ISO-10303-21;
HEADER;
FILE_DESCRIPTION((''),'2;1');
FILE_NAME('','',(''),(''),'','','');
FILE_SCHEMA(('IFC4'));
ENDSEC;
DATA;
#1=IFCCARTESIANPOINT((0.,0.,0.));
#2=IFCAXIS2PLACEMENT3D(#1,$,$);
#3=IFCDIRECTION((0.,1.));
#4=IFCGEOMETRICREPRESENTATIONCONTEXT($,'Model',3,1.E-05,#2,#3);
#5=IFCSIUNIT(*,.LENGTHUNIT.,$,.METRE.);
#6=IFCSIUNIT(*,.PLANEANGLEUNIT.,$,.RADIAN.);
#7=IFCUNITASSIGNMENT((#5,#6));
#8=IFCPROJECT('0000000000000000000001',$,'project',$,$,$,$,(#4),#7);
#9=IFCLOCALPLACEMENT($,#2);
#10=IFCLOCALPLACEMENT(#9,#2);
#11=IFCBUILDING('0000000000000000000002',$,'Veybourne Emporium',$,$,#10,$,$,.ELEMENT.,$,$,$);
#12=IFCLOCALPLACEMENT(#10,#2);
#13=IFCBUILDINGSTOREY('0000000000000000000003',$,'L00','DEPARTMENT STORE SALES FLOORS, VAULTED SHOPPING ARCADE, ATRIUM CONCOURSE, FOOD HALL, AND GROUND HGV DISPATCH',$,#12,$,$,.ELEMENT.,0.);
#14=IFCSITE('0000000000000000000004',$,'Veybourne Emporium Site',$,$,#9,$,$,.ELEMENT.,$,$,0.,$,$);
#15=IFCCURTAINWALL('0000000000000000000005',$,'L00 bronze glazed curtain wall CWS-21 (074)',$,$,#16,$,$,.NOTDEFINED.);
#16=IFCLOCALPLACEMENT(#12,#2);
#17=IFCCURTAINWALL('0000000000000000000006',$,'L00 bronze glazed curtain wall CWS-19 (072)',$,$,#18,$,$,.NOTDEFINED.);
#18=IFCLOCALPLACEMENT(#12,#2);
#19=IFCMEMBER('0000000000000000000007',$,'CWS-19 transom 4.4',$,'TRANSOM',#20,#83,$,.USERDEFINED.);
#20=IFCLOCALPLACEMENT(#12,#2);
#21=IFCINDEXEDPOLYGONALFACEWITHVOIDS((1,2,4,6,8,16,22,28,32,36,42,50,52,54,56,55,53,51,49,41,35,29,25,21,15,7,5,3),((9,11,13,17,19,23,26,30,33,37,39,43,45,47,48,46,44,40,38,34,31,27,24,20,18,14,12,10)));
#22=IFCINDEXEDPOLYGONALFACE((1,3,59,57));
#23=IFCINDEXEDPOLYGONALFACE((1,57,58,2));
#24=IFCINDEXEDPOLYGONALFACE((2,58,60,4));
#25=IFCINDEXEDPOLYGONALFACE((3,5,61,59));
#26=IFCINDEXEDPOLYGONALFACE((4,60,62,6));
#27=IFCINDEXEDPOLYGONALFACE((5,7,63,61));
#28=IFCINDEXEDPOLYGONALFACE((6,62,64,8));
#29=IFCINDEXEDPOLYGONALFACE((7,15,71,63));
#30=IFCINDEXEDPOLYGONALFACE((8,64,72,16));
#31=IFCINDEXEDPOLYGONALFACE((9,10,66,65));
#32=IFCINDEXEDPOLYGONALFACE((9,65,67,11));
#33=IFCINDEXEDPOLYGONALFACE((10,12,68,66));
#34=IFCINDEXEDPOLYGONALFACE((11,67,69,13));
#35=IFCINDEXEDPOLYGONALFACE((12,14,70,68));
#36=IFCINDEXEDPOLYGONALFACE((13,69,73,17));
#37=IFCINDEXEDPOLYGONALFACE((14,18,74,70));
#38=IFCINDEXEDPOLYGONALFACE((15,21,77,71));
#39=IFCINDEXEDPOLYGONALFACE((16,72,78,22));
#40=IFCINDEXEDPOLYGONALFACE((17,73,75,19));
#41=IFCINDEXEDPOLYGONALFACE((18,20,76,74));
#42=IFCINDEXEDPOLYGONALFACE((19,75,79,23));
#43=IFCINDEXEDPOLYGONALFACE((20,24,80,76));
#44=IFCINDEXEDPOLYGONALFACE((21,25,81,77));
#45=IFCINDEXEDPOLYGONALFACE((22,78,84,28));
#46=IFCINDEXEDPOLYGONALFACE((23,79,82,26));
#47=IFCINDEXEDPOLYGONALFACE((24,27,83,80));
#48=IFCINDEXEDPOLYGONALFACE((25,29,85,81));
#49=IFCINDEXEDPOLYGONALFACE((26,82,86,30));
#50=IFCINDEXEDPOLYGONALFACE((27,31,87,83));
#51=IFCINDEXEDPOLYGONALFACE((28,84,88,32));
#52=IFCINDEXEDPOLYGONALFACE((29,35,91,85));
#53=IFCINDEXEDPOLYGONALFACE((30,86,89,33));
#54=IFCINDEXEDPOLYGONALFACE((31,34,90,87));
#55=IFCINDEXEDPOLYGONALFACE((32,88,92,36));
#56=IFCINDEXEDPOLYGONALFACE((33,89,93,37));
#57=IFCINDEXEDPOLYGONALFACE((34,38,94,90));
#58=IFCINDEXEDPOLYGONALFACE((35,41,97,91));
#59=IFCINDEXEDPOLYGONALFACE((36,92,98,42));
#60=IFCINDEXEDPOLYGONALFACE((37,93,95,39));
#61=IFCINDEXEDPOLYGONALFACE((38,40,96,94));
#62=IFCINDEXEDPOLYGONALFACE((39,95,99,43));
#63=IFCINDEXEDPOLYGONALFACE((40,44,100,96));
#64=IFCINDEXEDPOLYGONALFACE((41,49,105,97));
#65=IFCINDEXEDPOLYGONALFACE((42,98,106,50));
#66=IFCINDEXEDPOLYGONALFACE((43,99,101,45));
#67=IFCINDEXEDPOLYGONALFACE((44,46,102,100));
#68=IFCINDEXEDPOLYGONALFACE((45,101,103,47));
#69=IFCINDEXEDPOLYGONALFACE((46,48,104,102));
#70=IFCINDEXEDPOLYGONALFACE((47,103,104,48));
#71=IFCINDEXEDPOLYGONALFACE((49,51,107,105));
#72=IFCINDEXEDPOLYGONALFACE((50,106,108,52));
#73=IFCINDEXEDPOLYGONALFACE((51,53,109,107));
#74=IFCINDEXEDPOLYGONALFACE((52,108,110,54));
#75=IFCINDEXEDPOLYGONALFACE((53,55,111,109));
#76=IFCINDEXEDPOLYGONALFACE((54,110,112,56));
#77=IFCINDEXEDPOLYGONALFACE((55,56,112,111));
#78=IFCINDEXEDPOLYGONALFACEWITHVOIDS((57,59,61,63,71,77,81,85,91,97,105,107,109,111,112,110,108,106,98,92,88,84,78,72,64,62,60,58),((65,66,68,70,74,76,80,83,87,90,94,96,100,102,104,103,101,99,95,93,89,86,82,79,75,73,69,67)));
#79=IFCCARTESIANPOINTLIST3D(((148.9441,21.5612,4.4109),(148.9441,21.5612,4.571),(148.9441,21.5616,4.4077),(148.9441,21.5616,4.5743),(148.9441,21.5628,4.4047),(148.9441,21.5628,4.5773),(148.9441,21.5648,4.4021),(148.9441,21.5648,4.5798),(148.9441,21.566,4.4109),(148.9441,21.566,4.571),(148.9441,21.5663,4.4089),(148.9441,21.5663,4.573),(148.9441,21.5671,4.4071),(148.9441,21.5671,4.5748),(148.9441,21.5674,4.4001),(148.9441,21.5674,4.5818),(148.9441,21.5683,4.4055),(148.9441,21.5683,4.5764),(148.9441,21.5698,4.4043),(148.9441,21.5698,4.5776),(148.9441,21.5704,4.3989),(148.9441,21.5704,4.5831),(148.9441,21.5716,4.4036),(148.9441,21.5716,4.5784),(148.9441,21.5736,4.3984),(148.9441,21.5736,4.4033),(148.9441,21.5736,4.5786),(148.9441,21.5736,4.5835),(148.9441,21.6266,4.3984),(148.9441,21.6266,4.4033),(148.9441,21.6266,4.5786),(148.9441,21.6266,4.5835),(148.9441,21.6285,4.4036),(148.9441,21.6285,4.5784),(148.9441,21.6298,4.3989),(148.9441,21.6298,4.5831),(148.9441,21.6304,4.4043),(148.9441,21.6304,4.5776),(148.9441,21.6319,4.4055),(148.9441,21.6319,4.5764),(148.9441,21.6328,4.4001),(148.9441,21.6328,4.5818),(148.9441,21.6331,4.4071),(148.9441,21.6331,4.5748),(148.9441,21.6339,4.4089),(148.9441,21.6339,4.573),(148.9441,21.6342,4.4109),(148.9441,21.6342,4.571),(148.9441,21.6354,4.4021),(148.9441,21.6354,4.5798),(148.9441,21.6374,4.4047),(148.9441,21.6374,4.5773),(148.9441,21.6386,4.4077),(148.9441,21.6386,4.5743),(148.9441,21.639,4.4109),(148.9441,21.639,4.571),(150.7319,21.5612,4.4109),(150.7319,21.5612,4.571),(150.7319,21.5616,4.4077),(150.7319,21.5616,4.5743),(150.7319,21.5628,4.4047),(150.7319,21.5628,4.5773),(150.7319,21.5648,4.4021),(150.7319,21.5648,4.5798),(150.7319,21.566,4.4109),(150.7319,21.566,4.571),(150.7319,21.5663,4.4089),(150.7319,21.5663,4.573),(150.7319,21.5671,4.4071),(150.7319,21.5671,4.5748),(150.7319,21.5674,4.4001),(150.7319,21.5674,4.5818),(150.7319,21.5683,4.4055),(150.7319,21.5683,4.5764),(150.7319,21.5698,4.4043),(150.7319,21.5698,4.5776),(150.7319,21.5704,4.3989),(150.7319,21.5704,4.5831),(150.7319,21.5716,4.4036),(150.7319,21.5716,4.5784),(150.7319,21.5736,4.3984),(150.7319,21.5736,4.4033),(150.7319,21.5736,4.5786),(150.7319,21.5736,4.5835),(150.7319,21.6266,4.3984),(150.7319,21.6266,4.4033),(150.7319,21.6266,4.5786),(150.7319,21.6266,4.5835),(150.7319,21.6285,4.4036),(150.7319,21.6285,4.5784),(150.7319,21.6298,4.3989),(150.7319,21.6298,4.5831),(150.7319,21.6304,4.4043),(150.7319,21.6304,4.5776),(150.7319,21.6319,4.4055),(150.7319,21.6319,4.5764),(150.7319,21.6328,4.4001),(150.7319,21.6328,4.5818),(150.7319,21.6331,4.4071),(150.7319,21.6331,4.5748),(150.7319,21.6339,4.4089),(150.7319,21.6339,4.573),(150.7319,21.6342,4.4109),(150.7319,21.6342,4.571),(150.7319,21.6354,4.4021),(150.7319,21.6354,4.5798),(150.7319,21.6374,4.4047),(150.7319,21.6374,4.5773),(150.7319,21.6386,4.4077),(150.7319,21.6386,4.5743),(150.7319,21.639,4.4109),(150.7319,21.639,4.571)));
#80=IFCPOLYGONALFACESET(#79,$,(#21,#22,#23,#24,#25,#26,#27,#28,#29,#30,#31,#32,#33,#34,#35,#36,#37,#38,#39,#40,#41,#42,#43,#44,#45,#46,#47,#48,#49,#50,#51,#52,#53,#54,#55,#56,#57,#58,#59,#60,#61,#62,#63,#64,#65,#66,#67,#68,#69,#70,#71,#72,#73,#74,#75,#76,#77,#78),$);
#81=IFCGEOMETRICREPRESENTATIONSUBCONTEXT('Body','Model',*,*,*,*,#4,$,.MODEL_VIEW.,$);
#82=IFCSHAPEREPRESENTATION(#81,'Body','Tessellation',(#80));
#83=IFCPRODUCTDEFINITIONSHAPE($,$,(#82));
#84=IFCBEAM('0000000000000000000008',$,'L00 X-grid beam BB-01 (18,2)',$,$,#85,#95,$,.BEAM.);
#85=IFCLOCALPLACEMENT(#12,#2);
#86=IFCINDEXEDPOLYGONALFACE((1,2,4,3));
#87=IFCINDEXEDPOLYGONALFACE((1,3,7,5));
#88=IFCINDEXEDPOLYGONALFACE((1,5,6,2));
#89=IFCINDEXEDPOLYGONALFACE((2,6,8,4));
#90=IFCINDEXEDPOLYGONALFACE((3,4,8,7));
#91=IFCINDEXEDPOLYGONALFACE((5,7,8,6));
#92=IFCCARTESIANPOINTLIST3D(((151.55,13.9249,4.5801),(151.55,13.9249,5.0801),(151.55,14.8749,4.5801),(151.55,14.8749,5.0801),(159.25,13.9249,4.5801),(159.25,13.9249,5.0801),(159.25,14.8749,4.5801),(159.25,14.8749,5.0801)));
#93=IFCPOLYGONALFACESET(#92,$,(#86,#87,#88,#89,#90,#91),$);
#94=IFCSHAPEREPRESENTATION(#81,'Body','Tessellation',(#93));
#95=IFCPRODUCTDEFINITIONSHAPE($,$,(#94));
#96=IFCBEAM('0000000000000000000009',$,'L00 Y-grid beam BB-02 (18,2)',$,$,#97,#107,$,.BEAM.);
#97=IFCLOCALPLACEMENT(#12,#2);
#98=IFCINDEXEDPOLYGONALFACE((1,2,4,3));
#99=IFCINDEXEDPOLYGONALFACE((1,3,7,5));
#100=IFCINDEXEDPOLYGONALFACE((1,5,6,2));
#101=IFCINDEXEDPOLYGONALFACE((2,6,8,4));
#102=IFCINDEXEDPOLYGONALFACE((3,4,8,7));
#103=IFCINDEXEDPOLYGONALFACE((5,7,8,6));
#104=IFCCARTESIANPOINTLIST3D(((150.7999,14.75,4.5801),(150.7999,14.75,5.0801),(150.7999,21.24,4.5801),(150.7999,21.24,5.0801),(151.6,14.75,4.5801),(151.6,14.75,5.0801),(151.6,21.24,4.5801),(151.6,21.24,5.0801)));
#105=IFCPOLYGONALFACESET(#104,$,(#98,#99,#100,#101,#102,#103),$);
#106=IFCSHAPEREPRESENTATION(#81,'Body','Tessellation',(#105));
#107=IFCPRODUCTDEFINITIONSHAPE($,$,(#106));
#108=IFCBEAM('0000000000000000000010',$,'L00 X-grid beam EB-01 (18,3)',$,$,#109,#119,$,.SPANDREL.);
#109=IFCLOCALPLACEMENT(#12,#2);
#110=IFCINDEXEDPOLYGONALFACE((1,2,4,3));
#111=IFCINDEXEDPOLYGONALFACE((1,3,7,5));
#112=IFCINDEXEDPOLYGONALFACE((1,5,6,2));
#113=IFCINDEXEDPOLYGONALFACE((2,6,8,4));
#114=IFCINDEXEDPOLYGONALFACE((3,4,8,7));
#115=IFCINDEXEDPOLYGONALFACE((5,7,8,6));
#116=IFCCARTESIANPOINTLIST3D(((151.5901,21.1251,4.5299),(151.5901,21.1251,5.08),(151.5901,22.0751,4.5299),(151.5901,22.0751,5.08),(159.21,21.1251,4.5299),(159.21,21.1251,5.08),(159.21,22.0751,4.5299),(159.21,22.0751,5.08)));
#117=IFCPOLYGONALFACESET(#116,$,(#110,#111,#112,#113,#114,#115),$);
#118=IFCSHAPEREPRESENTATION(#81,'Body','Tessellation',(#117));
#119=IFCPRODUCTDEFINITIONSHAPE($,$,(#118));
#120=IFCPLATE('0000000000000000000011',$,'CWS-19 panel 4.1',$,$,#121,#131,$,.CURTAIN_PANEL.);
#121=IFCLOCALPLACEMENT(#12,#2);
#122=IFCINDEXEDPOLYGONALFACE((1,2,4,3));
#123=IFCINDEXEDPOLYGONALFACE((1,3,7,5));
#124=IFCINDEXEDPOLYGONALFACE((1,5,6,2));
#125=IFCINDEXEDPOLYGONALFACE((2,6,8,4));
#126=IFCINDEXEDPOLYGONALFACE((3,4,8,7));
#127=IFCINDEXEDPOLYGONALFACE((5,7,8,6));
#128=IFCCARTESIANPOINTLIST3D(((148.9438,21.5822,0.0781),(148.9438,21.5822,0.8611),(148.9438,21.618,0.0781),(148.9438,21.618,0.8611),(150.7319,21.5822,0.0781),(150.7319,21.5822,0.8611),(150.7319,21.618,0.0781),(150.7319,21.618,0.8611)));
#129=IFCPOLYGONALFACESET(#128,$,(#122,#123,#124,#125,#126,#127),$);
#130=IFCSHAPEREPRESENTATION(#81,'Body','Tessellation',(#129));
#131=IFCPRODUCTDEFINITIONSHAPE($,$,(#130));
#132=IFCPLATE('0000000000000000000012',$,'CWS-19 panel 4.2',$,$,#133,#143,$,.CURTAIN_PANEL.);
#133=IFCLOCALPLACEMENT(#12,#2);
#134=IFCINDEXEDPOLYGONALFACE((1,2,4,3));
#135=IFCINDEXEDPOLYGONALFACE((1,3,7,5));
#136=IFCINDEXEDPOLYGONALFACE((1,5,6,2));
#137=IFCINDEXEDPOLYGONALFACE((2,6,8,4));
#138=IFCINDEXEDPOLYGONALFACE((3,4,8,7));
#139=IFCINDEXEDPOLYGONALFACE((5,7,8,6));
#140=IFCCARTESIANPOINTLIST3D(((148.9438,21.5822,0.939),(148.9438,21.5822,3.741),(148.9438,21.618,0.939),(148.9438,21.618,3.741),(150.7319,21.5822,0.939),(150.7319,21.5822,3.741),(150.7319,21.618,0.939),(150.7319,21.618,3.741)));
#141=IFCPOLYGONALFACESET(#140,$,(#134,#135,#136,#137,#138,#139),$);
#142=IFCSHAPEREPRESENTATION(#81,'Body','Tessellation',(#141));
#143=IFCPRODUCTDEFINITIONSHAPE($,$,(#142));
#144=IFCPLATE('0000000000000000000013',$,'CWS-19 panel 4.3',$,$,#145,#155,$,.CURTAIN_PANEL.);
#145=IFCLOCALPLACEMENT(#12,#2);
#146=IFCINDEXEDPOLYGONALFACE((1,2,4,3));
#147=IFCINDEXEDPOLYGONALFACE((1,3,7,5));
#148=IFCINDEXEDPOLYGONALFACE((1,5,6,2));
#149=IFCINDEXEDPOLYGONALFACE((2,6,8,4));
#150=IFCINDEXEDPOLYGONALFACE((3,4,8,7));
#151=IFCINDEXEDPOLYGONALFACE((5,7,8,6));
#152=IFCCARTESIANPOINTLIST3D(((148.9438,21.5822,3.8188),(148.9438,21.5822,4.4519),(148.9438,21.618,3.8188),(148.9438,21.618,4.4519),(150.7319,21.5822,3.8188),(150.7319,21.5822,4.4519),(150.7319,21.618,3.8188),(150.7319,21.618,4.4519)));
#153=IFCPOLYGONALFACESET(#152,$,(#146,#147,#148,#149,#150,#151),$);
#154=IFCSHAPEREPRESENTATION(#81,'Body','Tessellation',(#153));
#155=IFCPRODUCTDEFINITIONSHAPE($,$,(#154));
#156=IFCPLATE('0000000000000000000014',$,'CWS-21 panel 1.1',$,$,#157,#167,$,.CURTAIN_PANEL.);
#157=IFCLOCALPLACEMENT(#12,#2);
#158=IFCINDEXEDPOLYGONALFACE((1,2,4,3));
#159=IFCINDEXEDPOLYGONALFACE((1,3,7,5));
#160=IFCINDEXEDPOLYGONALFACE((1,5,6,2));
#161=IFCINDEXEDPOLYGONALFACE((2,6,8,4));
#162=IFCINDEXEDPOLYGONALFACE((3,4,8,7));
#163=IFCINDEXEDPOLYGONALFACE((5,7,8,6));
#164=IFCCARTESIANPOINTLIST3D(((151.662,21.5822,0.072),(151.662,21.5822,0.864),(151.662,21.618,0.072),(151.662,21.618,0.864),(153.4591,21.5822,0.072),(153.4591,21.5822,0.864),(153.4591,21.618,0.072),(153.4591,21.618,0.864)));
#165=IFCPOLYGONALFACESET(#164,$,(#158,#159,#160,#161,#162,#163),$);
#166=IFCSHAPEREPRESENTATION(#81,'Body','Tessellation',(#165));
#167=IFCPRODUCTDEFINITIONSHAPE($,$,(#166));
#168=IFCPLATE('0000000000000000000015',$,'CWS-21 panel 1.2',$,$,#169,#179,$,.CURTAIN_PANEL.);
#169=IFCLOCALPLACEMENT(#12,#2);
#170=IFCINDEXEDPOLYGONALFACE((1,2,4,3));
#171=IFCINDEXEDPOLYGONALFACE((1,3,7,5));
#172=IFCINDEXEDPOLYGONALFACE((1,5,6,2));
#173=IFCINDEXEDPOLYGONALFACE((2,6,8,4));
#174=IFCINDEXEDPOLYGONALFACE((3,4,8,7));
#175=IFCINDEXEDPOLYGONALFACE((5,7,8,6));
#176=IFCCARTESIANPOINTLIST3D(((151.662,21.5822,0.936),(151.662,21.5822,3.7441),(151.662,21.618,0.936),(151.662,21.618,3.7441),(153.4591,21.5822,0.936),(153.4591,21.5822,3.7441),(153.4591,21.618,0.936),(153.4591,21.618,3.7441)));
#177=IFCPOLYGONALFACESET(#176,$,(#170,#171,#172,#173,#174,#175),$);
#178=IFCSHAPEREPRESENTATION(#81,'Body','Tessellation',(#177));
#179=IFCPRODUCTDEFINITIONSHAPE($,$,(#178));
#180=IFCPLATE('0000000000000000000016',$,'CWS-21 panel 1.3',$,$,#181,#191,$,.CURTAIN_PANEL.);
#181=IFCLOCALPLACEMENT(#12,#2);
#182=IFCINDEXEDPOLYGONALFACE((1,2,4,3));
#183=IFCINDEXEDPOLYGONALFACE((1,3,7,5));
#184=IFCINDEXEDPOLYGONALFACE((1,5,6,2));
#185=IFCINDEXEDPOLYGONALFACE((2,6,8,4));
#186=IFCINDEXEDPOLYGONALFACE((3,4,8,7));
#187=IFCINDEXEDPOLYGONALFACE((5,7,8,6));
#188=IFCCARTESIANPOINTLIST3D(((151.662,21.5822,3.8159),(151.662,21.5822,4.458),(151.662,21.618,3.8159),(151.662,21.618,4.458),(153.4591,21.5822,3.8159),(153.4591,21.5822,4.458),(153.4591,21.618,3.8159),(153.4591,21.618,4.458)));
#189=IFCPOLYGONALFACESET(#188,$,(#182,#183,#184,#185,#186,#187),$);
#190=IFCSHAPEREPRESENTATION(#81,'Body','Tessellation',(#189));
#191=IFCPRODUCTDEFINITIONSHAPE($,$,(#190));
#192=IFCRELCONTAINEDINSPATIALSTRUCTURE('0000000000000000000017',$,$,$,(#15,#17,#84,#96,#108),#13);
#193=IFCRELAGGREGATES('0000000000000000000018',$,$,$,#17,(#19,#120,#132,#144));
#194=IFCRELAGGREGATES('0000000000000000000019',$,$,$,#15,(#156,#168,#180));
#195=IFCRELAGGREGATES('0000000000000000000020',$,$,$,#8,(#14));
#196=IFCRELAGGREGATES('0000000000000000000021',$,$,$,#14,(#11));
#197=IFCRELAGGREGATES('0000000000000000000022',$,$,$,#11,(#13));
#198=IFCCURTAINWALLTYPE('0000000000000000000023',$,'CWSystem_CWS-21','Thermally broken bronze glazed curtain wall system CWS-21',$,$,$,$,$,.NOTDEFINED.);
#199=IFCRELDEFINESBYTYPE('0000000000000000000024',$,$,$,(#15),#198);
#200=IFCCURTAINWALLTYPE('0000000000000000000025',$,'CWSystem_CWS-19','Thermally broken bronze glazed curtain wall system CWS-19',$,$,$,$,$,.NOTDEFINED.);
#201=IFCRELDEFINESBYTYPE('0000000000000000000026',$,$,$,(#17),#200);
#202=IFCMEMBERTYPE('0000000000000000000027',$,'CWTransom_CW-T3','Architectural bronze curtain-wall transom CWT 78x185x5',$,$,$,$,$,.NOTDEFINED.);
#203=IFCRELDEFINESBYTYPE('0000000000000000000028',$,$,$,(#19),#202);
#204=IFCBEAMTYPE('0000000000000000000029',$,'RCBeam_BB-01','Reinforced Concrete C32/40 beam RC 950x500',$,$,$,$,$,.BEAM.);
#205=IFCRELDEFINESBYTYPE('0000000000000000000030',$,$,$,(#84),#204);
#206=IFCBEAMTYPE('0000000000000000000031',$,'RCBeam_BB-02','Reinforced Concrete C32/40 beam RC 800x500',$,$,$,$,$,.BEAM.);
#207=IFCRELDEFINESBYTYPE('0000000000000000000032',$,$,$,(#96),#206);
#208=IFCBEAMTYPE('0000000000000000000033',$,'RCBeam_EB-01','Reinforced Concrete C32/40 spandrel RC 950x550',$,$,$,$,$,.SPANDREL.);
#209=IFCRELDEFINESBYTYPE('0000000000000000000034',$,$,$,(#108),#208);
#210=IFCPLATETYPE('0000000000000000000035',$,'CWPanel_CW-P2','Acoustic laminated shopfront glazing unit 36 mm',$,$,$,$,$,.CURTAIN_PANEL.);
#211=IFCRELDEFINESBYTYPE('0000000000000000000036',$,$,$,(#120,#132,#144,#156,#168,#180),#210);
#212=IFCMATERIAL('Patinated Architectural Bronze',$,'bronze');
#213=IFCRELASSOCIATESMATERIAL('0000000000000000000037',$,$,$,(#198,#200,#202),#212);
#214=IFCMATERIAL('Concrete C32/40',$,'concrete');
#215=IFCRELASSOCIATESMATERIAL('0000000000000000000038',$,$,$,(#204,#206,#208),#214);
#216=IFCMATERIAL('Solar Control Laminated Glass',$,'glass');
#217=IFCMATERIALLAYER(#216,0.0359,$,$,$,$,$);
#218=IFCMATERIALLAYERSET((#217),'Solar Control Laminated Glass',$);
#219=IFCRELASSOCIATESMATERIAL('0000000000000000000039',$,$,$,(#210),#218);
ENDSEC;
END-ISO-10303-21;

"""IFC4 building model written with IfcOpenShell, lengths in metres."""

from ifc_helpers import new_model, si_unit, direction, frame, origin, origin_2d, place, context, subcontext, project, spatial, rectangle, hollow_rectangle, extrude, material, layer, layer_set, material_profile, profile_set, type_object, element, aggregate, save


model = new_model("IFC4")

# Units and contexts
model_context = context("Model", 3, precision=1e-05, world=origin(), true_north=direction((0.0, 1.0)))
body_context = subcontext(model_context, "Body", "Model", "MODEL_VIEW")
ifc_project = project(units=[si_unit("LENGTHUNIT", "METRE"), si_unit("PLANEANGLEUNIT", "RADIAN")], contexts=[model_context])

# Site, building, storey
site_placement = place(None, origin())
site = spatial("IfcSite", under=ifc_project, at=site_placement, Name="Veybourne Emporium Site", CompositionType="ELEMENT", RefElevation=0.0)
building_placement = place(site_placement, origin())
building = spatial("IfcBuilding", under=site, at=building_placement, Name="Veybourne Emporium", CompositionType="ELEMENT")
storey_placement = place(building_placement, origin())
storey = spatial("IfcBuildingStorey", under=building, at=storey_placement, Name="L00", Description="DEPARTMENT STORE SALES FLOORS, VAULTED SHOPPING ARCADE, ATRIUM CONCOURSE, FOOD HALL, AND GROUND HGV DISPATCH", CompositionType="ELEMENT", Elevation=0.0)

# Curtain walls
ifc_material_1 = material(Name="Patinated Architectural Bronze", Category="bronze")
curtain_wall_type_1 = type_object("IfcCurtainWallType", Name="CWSystem_CWS-21", Description="Thermally broken bronze glazed curtain wall system CWS-21", PredefinedType="NOTDEFINED", material=ifc_material_1)
curtain_wall_1_placement = place(storey_placement, origin())
curtain_wall_1 = element("IfcCurtainWall", 1, at=curtain_wall_1_placement, inside=storey, type_object=curtain_wall_type_1, Name="L00 bronze glazed curtain wall CWS-21 (074)", PredefinedType="NOTDEFINED")
curtain_wall_type_2 = type_object("IfcCurtainWallType", Name="CWSystem_CWS-19", Description="Thermally broken bronze glazed curtain wall system CWS-19", PredefinedType="NOTDEFINED", material=ifc_material_1)
curtain_wall_2_placement = place(storey_placement, origin())
curtain_wall_2 = element("IfcCurtainWall", 2, at=curtain_wall_2_placement, inside=storey, type_object=curtain_wall_type_2, Name="L00 bronze glazed curtain wall CWS-19 (072)", PredefinedType="NOTDEFINED")

# Member
ifc_material_profile_1 = material_profile(ifc_material_1, hollow_rectangle(XDim=0.0779, YDim=0.1851, WallThickness=0.0049, InnerFilletRadius=0.0076, OuterFilletRadius=0.0125, at=origin_2d()), Name="CWT 78x185x5")
ifc_profile_set_1 = profile_set([ifc_material_profile_1], Name="Patinated Architectural Bronze")
member_type_1 = type_object("IfcMemberType", Name="CWTransom_CW-T3", Description="Architectural bronze curtain-wall transom CWT 78x185x5", PredefinedType="NOTDEFINED", material=ifc_profile_set_1)
member_1_placement = place(storey_placement, frame((148.9441, 21.6001, 4.491), z_axis=(1.0, 0.0, 0.0), x_axis=(0.0, 1.0, 0.0)))
member_1 = element("IfcMember", 3, at=member_1_placement, type_object=member_type_1, Name="CWS-19 transom 4.4", ObjectType="TRANSOM", PredefinedType="USERDEFINED", context=body_context, shape_type="SweptSolid", body=[
    extrude(hollow_rectangle(XDim=0.0779, YDim=0.1851, WallThickness=0.0049, InnerFilletRadius=0.0076, OuterFilletRadius=0.0125, at=origin_2d()), origin(), (0.0, 0.0, 1.0), 1.7878),
])

# Beams
ifc_material_2 = material(Name="Concrete C32/40", Category="concrete")
ifc_material_profile_2 = material_profile(ifc_material_2, rectangle(XDim=0.95, YDim=0.5, at=origin_2d()), Name="RC 950x500")
ifc_profile_set_2 = profile_set([ifc_material_profile_2], Name="Concrete C32/40")
beam_type_1 = type_object("IfcBeamType", Name="RCBeam_BB-01", Description="Reinforced Concrete C32/40 beam RC 950x500", PredefinedType="BEAM", material=ifc_profile_set_2)
beam_1_placement = place(storey_placement, frame((151.55, 14.3999, 4.8301), z_axis=(1.0, 0.0, 0.0), x_axis=(0.0, 1.0, 0.0)))
element("IfcBeam", 4, at=beam_1_placement, inside=storey, type_object=beam_type_1, Name="L00 X-grid beam BB-01 (18,2)", PredefinedType="BEAM", context=body_context, shape_type="SweptSolid", body=[
    extrude(rectangle(XDim=0.95, YDim=0.5, at=origin_2d()), origin(), (0.0, 0.0, 1.0), 7.7),
])
ifc_material_profile_3 = material_profile(ifc_material_2, rectangle(XDim=0.8, YDim=0.5, at=origin_2d()), Name="RC 800x500")
ifc_profile_set_3 = profile_set([ifc_material_profile_3], Name="Concrete C32/40")
beam_type_2 = type_object("IfcBeamType", Name="RCBeam_BB-02", Description="Reinforced Concrete C32/40 beam RC 800x500", PredefinedType="BEAM", material=ifc_profile_set_3)
beam_2_placement = place(storey_placement, frame((151.2, 14.75, 4.8301), z_axis=(0.0, 1.0, 0.0), x_axis=(-1.0, 0.0, 0.0)))
element("IfcBeam", 5, at=beam_2_placement, inside=storey, type_object=beam_type_2, Name="L00 Y-grid beam BB-02 (18,2)", PredefinedType="BEAM", context=body_context, shape_type="SweptSolid", body=[
    extrude(rectangle(XDim=0.8, YDim=0.5, at=origin_2d()), origin(), (0.0, 0.0, 1.0), 6.49),
])
ifc_material_profile_4 = material_profile(ifc_material_2, rectangle(XDim=0.95, YDim=0.55, at=origin_2d()), Name="RC 950x550")
ifc_profile_set_4 = profile_set([ifc_material_profile_4], Name="Concrete C32/40")
beam_type_3 = type_object("IfcBeamType", Name="RCBeam_EB-01", Description="Reinforced Concrete C32/40 spandrel RC 950x550", PredefinedType="SPANDREL", material=ifc_profile_set_4)
beam_3_placement = place(storey_placement, frame((151.5901, 21.6001, 4.8049), z_axis=(1.0, 0.0, 0.0), x_axis=(0.0, 1.0, 0.0)))
element("IfcBeam", 6, at=beam_3_placement, inside=storey, type_object=beam_type_3, Name="L00 X-grid beam EB-01 (18,3)", PredefinedType="SPANDREL", context=body_context, shape_type="SweptSolid", body=[
    extrude(rectangle(XDim=0.95, YDim=0.55, at=origin_2d()), origin(), (0.0, 0.0, 1.0), 7.6199),
])

# Plates
ifc_material_3 = material(Name="Solar Control Laminated Glass", Category="glass")
ifc_layer_1 = layer(ifc_material_3, 0.0359)
ifc_layer_set_1 = layer_set([ifc_layer_1], Name="Solar Control Laminated Glass")
plate_type = type_object("IfcPlateType", Name="CWPanel_CW-P2", Description="Acoustic laminated shopfront glazing unit 36 mm", PredefinedType="CURTAIN_PANEL", material=ifc_layer_set_1)
plate_1_placement = place(storey_placement, frame((149.8379, 21.6001, 0.0781), z_axis=(0.0, 0.0, 1.0), x_axis=(1.0, 0.0, 0.0)))
plate_1 = element("IfcPlate", 7, at=plate_1_placement, type_object=plate_type, Name="CWS-19 panel 4.1", PredefinedType="CURTAIN_PANEL", context=body_context, shape_type="SweptSolid", body=[
    extrude(rectangle(XDim=1.7881, YDim=0.0359, at=origin_2d()), origin(), (0.0, 0.0, 1.0), 0.783),
])
plate_2_placement = place(storey_placement, frame((149.8379, 21.6001, 0.939), z_axis=(0.0, 0.0, 1.0), x_axis=(1.0, 0.0, 0.0)))
plate_2 = element("IfcPlate", 8, at=plate_2_placement, type_object=plate_type, Name="CWS-19 panel 4.2", PredefinedType="CURTAIN_PANEL", context=body_context, shape_type="SweptSolid", body=[
    extrude(rectangle(XDim=1.7881, YDim=0.0359, at=origin_2d()), origin(), (0.0, 0.0, 1.0), 2.802),
])
plate_3_placement = place(storey_placement, frame((149.8379, 21.6001, 3.8188), z_axis=(0.0, 0.0, 1.0), x_axis=(1.0, 0.0, 0.0)))
plate_3 = element("IfcPlate", 9, at=plate_3_placement, type_object=plate_type, Name="CWS-19 panel 4.3", PredefinedType="CURTAIN_PANEL", context=body_context, shape_type="SweptSolid", body=[
    extrude(rectangle(XDim=1.7881, YDim=0.0359, at=origin_2d()), origin(), (0.0, 0.0, 1.0), 0.6331),
])
aggregate(curtain_wall_2, [member_1, plate_1, plate_2, plate_3])
plate_4_placement = place(storey_placement, frame((152.5605, 21.6001, 0.072), z_axis=(0.0, 0.0, 1.0), x_axis=(1.0, 0.0, 0.0)))
plate_4 = element("IfcPlate", 10, at=plate_4_placement, type_object=plate_type, Name="CWS-21 panel 1.1", PredefinedType="CURTAIN_PANEL", context=body_context, shape_type="SweptSolid", body=[
    extrude(rectangle(XDim=1.7971, YDim=0.0359, at=origin_2d()), origin(), (0.0, 0.0, 1.0), 0.792),
])
plate_5_placement = place(storey_placement, frame((152.5605, 21.6001, 0.936), z_axis=(0.0, 0.0, 1.0), x_axis=(1.0, 0.0, 0.0)))
plate_5 = element("IfcPlate", 11, at=plate_5_placement, type_object=plate_type, Name="CWS-21 panel 1.2", PredefinedType="CURTAIN_PANEL", context=body_context, shape_type="SweptSolid", body=[
    extrude(rectangle(XDim=1.7971, YDim=0.0359, at=origin_2d()), origin(), (0.0, 0.0, 1.0), 2.8081),
])
plate_6_placement = place(storey_placement, frame((152.5605, 21.6001, 3.8159), z_axis=(0.0, 0.0, 1.0), x_axis=(1.0, 0.0, 0.0)))
plate_6 = element("IfcPlate", 12, at=plate_6_placement, type_object=plate_type, Name="CWS-21 panel 1.3", PredefinedType="CURTAIN_PANEL", context=body_context, shape_type="SweptSolid", body=[
    extrude(rectangle(XDim=1.7971, YDim=0.0359, at=origin_2d()), origin(), (0.0, 0.0, 1.0), 0.6421),
])
aggregate(curtain_wall_1, [plate_4, plate_5, plate_6])

save(model, "model.ifc")
